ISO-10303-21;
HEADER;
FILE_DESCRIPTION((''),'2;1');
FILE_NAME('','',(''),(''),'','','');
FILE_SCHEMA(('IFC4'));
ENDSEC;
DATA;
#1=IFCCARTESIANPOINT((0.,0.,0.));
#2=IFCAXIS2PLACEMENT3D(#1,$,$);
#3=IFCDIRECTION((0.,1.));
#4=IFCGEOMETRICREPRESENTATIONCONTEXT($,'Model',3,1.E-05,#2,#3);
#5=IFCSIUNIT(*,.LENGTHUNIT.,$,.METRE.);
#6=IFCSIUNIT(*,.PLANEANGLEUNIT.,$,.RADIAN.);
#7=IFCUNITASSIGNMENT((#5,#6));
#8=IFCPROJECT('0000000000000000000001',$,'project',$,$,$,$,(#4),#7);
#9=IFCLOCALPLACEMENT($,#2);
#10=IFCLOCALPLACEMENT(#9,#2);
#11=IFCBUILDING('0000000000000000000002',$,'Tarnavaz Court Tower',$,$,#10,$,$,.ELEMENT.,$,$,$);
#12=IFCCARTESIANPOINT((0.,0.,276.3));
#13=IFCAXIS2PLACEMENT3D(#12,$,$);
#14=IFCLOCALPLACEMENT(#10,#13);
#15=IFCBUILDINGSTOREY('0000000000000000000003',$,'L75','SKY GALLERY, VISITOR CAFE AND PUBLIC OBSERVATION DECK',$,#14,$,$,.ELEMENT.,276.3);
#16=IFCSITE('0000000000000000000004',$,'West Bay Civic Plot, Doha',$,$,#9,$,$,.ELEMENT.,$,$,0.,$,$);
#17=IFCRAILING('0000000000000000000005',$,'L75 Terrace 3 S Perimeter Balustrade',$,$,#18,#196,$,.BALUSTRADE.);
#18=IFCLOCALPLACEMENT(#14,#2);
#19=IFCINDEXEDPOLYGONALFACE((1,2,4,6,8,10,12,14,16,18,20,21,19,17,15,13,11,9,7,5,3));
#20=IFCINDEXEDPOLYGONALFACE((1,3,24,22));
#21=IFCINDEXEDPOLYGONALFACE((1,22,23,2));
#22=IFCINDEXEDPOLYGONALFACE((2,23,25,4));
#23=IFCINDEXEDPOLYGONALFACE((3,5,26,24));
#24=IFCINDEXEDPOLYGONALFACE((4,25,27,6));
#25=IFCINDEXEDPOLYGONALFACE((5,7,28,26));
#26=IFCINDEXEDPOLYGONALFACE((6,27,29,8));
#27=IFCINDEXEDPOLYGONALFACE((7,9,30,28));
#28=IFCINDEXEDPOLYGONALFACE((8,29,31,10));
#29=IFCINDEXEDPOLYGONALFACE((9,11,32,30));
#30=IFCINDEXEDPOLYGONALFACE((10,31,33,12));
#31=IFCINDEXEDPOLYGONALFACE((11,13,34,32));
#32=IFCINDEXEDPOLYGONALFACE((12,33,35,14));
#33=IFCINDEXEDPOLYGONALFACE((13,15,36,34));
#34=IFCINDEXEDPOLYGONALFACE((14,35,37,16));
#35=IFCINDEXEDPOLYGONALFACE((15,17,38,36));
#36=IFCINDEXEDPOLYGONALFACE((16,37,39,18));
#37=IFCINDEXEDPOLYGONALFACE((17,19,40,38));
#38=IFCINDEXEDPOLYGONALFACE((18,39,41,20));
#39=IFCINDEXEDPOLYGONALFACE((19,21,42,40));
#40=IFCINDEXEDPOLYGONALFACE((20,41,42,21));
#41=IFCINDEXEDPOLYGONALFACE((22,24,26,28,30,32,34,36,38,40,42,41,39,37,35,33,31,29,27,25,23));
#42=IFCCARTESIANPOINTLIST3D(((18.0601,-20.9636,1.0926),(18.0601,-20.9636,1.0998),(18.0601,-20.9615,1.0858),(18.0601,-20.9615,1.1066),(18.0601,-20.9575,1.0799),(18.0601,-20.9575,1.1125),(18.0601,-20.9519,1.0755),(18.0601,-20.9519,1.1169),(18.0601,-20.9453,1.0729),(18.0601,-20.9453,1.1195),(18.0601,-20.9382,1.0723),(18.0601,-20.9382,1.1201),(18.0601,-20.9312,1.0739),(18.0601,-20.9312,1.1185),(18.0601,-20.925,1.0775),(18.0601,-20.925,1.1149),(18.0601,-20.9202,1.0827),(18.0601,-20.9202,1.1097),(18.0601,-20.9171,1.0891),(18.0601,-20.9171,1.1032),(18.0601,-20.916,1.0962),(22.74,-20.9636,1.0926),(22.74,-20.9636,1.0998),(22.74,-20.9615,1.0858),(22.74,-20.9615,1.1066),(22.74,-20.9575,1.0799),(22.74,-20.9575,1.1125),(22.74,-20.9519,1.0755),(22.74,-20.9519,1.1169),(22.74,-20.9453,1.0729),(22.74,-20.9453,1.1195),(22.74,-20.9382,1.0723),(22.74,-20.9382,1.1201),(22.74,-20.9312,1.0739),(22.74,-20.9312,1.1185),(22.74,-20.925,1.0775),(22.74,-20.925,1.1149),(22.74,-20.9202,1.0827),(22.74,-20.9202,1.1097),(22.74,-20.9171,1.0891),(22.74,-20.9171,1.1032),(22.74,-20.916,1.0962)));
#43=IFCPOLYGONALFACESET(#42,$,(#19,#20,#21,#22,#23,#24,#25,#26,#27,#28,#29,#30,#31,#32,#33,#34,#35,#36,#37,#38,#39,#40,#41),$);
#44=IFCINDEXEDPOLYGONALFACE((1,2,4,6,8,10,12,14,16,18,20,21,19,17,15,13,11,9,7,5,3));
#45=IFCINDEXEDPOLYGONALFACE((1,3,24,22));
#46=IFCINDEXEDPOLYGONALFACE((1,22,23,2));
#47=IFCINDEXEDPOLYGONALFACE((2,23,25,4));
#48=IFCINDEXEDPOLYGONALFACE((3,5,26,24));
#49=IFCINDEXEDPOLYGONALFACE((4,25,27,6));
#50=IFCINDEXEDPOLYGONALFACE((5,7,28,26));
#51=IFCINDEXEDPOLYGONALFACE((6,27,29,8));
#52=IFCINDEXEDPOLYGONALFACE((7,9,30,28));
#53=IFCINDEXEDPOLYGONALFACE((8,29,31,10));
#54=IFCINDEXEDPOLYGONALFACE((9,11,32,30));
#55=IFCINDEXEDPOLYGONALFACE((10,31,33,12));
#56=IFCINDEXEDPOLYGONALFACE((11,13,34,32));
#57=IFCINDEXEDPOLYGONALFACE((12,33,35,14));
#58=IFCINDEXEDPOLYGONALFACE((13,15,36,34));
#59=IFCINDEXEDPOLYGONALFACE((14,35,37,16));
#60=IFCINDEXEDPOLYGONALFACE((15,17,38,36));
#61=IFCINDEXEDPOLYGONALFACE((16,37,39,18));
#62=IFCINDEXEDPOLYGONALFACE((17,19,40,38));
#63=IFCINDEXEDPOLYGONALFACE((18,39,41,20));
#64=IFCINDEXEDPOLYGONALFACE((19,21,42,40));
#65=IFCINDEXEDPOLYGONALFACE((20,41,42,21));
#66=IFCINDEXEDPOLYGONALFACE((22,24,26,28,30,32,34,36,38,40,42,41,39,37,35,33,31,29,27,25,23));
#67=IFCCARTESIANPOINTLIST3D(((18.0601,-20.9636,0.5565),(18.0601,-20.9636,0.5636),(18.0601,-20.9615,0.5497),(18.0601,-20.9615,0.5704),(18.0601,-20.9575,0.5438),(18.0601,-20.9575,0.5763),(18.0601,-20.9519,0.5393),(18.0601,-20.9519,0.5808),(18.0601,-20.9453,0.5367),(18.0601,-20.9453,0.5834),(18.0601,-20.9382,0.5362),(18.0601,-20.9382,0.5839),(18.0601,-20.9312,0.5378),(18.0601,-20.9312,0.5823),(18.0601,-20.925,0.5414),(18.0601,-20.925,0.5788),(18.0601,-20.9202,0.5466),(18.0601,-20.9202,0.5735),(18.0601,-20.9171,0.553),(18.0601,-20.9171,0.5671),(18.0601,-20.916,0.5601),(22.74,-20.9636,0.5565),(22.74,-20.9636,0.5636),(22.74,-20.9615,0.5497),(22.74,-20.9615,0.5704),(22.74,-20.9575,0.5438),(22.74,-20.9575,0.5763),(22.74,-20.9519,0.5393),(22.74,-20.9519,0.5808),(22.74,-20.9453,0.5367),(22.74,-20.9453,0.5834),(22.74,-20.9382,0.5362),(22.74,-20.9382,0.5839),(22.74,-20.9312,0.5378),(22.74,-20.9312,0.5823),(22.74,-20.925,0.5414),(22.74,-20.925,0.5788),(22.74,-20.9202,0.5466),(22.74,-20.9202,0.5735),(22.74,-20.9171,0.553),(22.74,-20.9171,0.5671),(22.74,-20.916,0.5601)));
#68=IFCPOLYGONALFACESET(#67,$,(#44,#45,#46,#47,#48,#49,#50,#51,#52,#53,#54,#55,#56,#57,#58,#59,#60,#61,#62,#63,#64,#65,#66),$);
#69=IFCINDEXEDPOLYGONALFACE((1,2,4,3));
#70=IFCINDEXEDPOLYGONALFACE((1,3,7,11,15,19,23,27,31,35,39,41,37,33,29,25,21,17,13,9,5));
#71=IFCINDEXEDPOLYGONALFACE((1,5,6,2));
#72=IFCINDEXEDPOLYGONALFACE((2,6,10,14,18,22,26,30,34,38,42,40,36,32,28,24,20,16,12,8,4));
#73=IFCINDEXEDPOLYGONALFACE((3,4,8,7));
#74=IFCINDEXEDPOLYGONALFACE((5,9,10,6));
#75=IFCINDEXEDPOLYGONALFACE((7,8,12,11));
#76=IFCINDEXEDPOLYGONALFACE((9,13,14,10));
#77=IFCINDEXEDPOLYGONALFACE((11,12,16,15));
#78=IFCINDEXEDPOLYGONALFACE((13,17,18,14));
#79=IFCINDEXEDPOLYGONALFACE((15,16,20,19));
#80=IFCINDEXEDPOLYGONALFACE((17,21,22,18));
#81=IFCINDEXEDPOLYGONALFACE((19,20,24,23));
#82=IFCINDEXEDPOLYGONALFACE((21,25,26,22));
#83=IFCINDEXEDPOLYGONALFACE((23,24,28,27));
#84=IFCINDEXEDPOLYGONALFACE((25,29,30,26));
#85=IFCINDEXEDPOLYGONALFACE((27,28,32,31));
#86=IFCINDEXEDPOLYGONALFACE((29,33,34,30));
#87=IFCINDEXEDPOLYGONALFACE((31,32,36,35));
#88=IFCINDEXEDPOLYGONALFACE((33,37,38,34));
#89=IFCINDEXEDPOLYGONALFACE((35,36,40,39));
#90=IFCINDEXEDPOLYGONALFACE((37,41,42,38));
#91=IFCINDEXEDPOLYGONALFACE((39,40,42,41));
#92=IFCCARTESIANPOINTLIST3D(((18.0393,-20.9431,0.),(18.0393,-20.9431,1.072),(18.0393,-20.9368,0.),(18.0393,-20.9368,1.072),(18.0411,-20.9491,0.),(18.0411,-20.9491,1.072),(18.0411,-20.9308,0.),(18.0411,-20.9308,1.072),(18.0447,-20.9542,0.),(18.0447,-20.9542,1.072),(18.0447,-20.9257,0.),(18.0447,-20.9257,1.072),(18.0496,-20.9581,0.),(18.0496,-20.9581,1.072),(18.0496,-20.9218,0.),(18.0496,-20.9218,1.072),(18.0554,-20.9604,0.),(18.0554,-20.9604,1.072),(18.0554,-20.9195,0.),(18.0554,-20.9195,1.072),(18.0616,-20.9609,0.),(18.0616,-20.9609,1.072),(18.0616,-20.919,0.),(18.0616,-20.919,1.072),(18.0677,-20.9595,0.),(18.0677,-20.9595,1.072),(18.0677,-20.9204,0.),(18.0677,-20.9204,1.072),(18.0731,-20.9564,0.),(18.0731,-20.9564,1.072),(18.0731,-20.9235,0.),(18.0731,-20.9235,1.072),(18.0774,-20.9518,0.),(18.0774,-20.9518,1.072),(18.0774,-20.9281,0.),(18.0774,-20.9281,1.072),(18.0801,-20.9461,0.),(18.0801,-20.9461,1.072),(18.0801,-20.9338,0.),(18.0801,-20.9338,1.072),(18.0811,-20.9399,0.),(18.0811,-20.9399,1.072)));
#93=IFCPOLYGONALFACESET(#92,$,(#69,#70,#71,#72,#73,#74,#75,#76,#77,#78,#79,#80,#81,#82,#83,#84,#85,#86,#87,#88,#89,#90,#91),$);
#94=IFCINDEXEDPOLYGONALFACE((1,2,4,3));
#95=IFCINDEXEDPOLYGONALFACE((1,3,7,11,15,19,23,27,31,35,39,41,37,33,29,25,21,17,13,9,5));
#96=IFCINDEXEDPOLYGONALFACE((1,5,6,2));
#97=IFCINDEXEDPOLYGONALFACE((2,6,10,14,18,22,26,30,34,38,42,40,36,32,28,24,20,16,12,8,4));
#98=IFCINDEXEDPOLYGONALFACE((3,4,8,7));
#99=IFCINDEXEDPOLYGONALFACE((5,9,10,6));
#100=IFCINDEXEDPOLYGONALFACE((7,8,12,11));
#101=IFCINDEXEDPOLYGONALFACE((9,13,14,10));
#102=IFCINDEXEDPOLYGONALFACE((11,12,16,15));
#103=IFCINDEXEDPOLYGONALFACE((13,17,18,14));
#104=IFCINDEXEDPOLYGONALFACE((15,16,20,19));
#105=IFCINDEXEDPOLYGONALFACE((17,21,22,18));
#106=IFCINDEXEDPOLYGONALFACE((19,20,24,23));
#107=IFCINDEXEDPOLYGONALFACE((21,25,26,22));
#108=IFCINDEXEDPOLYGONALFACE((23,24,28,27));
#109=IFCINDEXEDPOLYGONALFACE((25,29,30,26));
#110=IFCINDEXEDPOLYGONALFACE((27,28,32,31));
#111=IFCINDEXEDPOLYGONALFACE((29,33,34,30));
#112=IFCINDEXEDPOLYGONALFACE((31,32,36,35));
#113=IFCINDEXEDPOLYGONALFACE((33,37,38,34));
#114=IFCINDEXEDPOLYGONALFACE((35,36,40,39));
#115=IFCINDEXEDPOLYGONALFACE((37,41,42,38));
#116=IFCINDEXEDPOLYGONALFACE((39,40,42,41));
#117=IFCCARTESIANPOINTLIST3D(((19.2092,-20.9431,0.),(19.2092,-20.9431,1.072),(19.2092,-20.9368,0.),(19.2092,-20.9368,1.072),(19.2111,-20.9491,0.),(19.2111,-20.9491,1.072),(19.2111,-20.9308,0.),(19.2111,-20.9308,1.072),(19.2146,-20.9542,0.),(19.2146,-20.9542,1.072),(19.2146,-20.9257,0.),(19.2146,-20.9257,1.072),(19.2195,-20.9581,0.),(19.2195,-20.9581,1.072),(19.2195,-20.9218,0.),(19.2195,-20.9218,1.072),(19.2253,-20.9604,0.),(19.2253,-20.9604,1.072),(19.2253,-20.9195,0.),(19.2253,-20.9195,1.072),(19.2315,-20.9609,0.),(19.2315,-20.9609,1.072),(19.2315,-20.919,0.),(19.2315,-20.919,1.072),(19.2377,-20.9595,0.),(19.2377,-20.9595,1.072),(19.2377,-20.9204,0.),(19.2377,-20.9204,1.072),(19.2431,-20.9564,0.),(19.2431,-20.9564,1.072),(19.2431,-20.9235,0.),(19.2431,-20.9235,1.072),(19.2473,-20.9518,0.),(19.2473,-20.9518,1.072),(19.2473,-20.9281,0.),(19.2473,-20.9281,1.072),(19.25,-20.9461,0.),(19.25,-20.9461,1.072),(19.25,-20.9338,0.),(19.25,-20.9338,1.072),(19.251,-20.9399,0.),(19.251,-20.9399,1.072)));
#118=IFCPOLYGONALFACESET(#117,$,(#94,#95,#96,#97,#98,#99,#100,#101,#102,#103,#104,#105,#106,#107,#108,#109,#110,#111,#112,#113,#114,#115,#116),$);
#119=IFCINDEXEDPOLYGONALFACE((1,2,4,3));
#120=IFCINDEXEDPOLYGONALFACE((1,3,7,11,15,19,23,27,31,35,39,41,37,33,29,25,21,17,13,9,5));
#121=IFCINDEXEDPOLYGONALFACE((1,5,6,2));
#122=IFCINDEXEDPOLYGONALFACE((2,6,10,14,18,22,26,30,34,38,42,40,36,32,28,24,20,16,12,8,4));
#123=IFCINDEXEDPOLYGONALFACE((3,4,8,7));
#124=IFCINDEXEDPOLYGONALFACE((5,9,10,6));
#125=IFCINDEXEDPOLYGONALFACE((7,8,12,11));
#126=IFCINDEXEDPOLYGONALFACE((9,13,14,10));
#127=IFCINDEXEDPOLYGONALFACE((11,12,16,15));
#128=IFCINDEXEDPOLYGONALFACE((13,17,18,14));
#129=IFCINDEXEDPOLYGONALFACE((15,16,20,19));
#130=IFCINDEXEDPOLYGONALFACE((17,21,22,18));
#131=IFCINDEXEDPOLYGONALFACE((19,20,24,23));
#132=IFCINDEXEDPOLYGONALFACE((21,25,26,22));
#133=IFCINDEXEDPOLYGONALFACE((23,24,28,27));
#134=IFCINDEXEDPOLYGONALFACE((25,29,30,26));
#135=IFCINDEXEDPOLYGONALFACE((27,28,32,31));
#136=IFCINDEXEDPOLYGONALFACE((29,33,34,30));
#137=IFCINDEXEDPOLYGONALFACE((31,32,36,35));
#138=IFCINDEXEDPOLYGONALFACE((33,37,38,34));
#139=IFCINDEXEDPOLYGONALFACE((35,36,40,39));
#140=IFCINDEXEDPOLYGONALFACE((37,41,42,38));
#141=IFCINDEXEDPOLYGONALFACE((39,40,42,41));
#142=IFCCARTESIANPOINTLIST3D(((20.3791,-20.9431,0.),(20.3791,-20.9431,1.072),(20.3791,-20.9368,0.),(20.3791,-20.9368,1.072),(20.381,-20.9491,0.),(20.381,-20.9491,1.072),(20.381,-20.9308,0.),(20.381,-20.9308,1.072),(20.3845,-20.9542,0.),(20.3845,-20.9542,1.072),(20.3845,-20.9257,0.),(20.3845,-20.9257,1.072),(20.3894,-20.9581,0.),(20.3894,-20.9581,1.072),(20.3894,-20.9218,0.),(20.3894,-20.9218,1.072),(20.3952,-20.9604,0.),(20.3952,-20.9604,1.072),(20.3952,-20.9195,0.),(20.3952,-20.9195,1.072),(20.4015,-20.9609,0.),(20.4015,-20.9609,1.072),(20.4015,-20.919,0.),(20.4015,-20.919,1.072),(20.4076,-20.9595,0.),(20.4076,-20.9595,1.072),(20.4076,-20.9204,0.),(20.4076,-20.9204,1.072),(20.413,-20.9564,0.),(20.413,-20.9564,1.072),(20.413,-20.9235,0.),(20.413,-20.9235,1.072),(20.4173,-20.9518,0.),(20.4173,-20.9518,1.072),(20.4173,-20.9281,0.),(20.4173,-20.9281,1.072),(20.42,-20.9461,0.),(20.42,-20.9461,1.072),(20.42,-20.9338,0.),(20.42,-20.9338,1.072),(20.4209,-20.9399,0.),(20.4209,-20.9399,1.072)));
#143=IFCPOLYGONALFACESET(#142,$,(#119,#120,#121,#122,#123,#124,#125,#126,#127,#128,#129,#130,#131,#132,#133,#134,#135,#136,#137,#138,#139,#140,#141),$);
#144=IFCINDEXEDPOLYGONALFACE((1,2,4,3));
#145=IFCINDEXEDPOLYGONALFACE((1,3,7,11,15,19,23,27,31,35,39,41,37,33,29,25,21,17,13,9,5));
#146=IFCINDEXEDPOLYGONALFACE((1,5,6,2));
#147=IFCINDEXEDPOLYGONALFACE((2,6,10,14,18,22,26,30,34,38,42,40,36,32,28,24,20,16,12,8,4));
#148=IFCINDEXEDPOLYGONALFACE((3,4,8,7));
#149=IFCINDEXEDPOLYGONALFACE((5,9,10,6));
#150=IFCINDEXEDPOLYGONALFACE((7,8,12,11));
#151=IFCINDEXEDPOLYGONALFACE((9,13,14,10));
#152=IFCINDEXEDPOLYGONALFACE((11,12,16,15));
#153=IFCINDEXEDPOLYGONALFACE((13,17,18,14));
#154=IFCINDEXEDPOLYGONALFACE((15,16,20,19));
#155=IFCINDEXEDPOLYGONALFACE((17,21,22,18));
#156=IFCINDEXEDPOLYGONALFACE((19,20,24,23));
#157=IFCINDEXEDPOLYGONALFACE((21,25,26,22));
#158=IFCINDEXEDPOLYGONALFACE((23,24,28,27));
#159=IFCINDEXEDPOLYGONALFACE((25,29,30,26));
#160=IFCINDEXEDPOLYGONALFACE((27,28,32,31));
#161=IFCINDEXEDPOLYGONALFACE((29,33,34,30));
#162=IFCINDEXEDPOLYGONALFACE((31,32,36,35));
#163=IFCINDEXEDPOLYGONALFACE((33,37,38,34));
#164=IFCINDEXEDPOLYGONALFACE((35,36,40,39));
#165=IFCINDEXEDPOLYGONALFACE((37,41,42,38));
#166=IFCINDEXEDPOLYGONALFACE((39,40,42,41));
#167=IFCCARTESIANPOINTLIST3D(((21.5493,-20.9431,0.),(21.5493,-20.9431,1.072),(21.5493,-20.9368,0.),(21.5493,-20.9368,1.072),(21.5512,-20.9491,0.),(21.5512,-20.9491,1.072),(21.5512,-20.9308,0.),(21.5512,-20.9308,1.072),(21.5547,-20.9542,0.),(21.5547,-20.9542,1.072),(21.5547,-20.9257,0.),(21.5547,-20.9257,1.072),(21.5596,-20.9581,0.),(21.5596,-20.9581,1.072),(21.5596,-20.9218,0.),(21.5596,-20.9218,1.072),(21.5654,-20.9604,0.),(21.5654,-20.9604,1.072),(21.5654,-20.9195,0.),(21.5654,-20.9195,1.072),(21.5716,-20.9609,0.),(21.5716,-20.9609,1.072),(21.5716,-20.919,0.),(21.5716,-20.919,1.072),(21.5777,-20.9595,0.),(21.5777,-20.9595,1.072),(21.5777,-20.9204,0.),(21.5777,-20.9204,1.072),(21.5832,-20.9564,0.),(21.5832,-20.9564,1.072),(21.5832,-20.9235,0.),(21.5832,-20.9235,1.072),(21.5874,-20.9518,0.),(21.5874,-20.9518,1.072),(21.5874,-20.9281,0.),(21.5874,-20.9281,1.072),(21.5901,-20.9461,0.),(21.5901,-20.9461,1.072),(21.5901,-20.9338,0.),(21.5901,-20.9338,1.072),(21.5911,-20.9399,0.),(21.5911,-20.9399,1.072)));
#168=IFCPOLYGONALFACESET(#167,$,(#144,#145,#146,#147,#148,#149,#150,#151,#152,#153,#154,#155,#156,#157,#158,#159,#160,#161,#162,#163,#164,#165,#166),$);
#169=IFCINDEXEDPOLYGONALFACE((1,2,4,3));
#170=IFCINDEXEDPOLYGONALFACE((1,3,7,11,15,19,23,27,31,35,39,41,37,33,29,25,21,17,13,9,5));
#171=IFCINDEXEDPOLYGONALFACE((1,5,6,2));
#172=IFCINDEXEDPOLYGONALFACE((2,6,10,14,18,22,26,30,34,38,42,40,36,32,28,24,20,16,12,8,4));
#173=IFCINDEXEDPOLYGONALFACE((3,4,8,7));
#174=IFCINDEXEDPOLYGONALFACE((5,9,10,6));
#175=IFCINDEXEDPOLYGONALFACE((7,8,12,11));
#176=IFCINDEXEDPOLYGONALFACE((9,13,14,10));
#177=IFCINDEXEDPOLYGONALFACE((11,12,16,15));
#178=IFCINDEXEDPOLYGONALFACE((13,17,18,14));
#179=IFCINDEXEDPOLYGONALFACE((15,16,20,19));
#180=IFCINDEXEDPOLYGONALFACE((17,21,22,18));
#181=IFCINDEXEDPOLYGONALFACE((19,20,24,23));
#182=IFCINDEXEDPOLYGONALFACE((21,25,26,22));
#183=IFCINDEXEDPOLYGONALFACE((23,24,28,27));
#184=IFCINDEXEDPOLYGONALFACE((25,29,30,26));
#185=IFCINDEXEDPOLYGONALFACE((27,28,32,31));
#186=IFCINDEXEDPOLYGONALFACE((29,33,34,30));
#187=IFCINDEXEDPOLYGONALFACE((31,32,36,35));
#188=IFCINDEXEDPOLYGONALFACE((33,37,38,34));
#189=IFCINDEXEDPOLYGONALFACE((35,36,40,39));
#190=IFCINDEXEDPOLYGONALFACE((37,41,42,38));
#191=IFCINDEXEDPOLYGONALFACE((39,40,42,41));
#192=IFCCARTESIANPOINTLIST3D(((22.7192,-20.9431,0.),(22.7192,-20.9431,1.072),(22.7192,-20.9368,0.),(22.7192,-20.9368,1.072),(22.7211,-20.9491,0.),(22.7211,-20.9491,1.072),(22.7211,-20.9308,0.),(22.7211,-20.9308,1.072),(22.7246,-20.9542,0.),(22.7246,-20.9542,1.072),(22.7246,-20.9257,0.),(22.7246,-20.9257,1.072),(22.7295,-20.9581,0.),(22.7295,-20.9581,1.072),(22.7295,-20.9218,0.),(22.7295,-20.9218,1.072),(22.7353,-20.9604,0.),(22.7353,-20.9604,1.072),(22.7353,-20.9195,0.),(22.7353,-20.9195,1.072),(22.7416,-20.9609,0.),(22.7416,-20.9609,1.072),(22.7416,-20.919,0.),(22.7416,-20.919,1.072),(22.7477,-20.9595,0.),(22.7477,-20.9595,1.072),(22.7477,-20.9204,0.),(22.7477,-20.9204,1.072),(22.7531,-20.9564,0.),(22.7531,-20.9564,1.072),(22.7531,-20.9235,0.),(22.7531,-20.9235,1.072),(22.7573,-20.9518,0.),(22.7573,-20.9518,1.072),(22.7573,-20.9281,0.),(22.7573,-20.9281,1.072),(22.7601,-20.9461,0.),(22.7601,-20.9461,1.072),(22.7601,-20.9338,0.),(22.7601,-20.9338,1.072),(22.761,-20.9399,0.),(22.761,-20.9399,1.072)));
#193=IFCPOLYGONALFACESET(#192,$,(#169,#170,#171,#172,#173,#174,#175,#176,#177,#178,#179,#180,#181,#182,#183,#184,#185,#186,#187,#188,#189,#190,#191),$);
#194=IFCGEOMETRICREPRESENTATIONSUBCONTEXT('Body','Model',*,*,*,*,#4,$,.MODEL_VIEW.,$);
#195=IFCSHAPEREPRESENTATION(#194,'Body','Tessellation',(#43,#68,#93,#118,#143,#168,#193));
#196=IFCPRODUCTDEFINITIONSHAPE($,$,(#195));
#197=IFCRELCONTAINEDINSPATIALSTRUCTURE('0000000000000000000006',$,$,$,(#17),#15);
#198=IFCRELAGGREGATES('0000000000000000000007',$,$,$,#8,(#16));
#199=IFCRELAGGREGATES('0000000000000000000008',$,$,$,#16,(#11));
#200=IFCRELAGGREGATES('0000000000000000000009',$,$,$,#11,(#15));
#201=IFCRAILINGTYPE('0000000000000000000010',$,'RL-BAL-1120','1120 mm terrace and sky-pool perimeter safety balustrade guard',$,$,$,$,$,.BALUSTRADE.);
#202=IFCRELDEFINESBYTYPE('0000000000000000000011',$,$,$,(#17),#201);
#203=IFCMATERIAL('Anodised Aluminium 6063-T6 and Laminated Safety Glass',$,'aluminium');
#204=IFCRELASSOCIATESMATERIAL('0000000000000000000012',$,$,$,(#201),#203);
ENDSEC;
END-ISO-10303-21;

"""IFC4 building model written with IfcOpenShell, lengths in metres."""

from ifc_helpers import new_model, si_unit, direction, frame, origin, origin_2d, place, context, subcontext, project, spatial, circle, extrude, material, type_object, element, save


model = new_model("IFC4")

# Units and contexts
model_context = context("Model", 3, precision=1e-05, world=origin(), true_north=direction((0.0, 1.0)))
body_context = subcontext(model_context, "Body", "Model", "MODEL_VIEW")
ifc_project = project(units=[si_unit("LENGTHUNIT", "METRE"), si_unit("PLANEANGLEUNIT", "RADIAN")], contexts=[model_context])

# Site, building, storey
site_placement = place(None, origin())
site = spatial("IfcSite", under=ifc_project, at=site_placement, Name="West Bay Civic Plot, Doha", CompositionType="ELEMENT", RefElevation=0.0)
building_placement = place(site_placement, origin())
building = spatial("IfcBuilding", under=site, at=building_placement, Name="Tarnavaz Court Tower", CompositionType="ELEMENT")
storey_placement = place(building_placement, frame((0.0, 0.0, 276.3)))
storey = spatial("IfcBuildingStorey", under=building, at=storey_placement, Name="L75", Description="SKY GALLERY, VISITOR CAFE AND PUBLIC OBSERVATION DECK", CompositionType="ELEMENT", Elevation=276.3)

# Railing
ifc_material_1 = material(Name="Anodised Aluminium 6063-T6 and Laminated Safety Glass", Category="aluminium")
railing_type = type_object("IfcRailingType", Name="RL-BAL-1120", Description="1120 mm terrace and sky-pool perimeter safety balustrade guard", PredefinedType="BALUSTRADE", material=ifc_material_1)
railing_1_placement = place(storey_placement, frame((18.0601, -20.9399, 0.0)))
element("IfcRailing", 1, at=railing_1_placement, inside=storey, type_object=railing_type, Name="L75 Terrace 3 S Perimeter Balustrade", PredefinedType="BALUSTRADE", context=body_context, shape_type="SweptSolid", body=[
    extrude(circle(Radius=0.0239, at=origin_2d()), frame((0.0, 0.0, 1.0962), z_axis=(1.0, 0.0, 0.0), x_axis=(0.0, 1.0, 0.0)), (0.0, 0.0, 1.0), 4.6799),
    extrude(circle(Radius=0.0239, at=origin_2d()), frame((0.0, 0.0, 0.5601), z_axis=(1.0, 0.0, 0.0), x_axis=(0.0, 1.0, 0.0)), (0.0, 0.0, 1.0), 4.6799),
    extrude(circle(Radius=0.021, at=origin_2d()), origin(), (0.0, 0.0, 1.0), 1.072),
    extrude(circle(Radius=0.021, at=origin_2d()), frame((1.1699, 0.0, 0.0)), (0.0, 0.0, 1.0), 1.072),
    extrude(circle(Radius=0.021, at=origin_2d()), frame((2.3398, 0.0, 0.0)), (0.0, 0.0, 1.0), 1.072),
    extrude(circle(Radius=0.021, at=origin_2d()), frame((3.51, 0.0, 0.0)), (0.0, 0.0, 1.0), 1.072),
    extrude(circle(Radius=0.021, at=origin_2d()), frame((4.6799, 0.0, 0.0)), (0.0, 0.0, 1.0), 1.072),
])

save(model, "model.ifc")
